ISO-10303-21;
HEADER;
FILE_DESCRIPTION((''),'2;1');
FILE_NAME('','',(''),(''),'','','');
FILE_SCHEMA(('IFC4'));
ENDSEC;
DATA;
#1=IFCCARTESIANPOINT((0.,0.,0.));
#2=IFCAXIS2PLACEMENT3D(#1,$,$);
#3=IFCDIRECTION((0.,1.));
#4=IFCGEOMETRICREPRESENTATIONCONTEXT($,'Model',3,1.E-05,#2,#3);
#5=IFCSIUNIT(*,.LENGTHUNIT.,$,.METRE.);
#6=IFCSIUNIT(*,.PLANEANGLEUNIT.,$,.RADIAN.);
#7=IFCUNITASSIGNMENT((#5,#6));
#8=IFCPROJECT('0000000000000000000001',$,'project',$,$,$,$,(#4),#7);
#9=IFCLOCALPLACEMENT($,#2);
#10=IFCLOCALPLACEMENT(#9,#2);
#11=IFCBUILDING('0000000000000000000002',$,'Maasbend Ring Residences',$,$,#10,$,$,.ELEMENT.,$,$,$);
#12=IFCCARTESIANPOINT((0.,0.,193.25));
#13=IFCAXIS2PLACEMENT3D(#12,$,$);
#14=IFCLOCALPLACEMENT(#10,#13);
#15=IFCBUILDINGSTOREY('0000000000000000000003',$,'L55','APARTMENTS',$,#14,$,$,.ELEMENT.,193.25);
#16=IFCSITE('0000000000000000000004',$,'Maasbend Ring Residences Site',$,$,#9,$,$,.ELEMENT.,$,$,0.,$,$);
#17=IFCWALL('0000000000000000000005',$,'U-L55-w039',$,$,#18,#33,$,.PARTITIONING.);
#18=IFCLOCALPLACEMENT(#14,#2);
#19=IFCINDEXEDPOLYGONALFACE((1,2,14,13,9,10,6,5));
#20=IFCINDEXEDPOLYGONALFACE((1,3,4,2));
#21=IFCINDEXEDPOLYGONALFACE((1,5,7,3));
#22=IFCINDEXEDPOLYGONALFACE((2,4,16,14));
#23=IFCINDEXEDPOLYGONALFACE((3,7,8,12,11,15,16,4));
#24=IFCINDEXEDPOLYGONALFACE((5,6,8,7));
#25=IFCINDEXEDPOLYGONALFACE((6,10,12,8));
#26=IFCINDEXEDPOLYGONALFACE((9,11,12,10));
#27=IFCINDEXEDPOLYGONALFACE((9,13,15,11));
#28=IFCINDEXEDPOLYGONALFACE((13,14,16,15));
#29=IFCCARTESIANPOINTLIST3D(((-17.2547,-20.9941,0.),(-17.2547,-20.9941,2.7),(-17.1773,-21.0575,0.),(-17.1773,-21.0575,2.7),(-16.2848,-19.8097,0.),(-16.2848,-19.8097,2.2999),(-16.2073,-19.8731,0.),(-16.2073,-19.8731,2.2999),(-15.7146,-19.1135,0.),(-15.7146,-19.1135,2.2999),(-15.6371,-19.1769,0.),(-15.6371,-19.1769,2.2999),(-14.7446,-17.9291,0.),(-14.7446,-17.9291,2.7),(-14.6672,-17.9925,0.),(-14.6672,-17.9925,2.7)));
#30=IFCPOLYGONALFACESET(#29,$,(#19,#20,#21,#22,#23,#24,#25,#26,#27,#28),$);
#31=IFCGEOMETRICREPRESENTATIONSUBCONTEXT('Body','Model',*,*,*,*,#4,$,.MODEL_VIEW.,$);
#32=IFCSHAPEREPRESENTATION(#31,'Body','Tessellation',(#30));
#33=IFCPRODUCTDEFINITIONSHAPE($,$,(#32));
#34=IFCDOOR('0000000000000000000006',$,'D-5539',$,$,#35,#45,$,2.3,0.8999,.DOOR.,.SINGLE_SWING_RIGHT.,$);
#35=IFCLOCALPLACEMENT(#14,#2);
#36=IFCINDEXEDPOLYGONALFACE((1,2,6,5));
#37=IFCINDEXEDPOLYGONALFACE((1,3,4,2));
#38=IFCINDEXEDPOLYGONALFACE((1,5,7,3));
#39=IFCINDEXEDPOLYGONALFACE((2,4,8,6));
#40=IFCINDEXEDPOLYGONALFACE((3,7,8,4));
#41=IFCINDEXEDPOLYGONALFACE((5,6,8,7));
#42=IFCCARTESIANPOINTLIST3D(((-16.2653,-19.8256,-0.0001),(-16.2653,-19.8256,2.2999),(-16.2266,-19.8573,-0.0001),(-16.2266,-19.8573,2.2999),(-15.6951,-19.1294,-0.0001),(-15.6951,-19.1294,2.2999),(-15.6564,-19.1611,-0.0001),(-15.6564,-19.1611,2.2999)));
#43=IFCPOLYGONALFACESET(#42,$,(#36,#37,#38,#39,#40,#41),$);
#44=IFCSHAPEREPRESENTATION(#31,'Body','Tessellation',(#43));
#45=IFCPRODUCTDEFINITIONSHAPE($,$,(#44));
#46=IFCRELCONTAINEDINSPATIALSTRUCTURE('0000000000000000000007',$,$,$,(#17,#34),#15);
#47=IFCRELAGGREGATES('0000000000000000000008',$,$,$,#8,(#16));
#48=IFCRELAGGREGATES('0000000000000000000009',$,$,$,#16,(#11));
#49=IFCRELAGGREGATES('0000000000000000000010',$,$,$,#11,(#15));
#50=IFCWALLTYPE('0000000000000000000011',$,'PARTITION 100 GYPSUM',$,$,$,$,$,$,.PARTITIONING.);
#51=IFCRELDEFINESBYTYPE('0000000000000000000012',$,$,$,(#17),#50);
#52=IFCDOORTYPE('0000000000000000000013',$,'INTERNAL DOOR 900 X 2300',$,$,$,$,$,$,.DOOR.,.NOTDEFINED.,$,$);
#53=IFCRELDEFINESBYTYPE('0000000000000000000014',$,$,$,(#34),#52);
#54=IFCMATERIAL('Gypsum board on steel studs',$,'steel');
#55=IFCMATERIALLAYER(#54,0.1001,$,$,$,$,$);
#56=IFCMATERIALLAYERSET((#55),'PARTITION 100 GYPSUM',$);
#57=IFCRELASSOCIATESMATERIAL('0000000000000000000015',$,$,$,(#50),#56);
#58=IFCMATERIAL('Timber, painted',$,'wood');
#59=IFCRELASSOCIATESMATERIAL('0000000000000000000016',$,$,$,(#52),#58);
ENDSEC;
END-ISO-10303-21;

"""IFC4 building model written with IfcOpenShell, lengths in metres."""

from ifc_helpers import new_model, si_unit, direction, frame, frame_2d, origin, place, context, subcontext, project, spatial, rectangle, extrude, material, layer, layer_set, type_object, element, fill, save


model = new_model("IFC4")

# Units and contexts
model_context = context("Model", 3, precision=1e-05, world=origin(), true_north=direction((0.0, 1.0)))
body_context = subcontext(model_context, "Body", "Model", "MODEL_VIEW")
ifc_project = project(units=[si_unit("LENGTHUNIT", "METRE"), si_unit("PLANEANGLEUNIT", "RADIAN")], contexts=[model_context])

# Site, building, storey
site_placement = place(None, origin())
site = spatial("IfcSite", under=ifc_project, at=site_placement, Name="Maasbend Ring Residences Site", CompositionType="ELEMENT", RefElevation=0.0)
building_placement = place(site_placement, origin())
building = spatial("IfcBuilding", under=site, at=building_placement, Name="Maasbend Ring Residences", CompositionType="ELEMENT")
storey_placement = place(building_placement, frame((0.0, 0.0, 193.25)))
storey = spatial("IfcBuildingStorey", under=building, at=storey_placement, Name="L55", Description="APARTMENTS", CompositionType="ELEMENT", Elevation=193.25)

# Shared definitions
ifc_material_1 = material(Name="Gypsum board on steel studs", Category="steel")
ifc_layer_1 = layer(ifc_material_1, 0.1001)
ifc_layer_set_1 = layer_set([ifc_layer_1], Name="PARTITION 100 GYPSUM")
wall_type_1 = type_object("IfcWallType", Name="PARTITION 100 GYPSUM", PredefinedType="PARTITIONING", material=ifc_layer_set_1)
ifc_material_2 = material(Name="Timber, painted", Category="wood")
door_type_1 = type_object("IfcDoorType", Name="INTERNAL DOOR 900 X 2300", OperationType="NOTDEFINED", PredefinedType="DOOR", material=ifc_material_2)

# Wall, opening, door
wall_1_placement = place(storey_placement, frame((-17.2161, -21.0259, 0.0), z_axis=(0.0, 0.0, 1.0), x_axis=(0.63359, 0.773669, 0.0)))
wall_1 = element("IfcWall", 1, at=wall_1_placement, inside=storey, type_object=wall_type_1, Name="U-L55-w039", PredefinedType="PARTITIONING", context=body_context, shape_type="SweptSolid", body=[
    extrude(rectangle(XDim=3.9617, YDim=0.1001, at=frame_2d((1.981, 0.0))), origin(), (0.0, 0.0, 1.0), 2.7),
])
opening_1_placement = place(wall_1_placement, frame((1.531, 0.0, 0.0)))
opening_1 = element("IfcOpeningElement", 2, at=opening_1_placement, cuts=wall_1, PredefinedType="OPENING", context=body_context, shape_type="SweptSolid", body=[
    extrude(rectangle(XDim=0.8999, YDim=2.3, at=frame_2d((0.45, 1.1499))), frame((0.0, 0.0601, 0.0), z_axis=(0.0, -1.0, 0.0), x_axis=(1.0, 0.0, 0.0)), (0.0, 0.0, 1.0), 0.1201),
])
door_1_placement = place(opening_1_placement, origin())
door_1 = element("IfcDoor", 3, at=door_1_placement, inside=storey, type_object=door_type_1, Name="D-5539", OperationType="SINGLE_SWING_RIGHT", OverallHeight=2.3, OverallWidth=0.8999, PredefinedType="DOOR", context=body_context, shape_type="SweptSolid", body=[
    extrude(rectangle(XDim=0.8999, YDim=2.3, at=frame_2d((0.45, 1.1499))), frame((0.0, 0.0249, 0.0), z_axis=(0.0, -1.0, 0.0), x_axis=(1.0, 0.0, 0.0)), (0.0, 0.0, 1.0), 0.05),
])
fill(opening_1, door_1)

save(model, "model.ifc")
